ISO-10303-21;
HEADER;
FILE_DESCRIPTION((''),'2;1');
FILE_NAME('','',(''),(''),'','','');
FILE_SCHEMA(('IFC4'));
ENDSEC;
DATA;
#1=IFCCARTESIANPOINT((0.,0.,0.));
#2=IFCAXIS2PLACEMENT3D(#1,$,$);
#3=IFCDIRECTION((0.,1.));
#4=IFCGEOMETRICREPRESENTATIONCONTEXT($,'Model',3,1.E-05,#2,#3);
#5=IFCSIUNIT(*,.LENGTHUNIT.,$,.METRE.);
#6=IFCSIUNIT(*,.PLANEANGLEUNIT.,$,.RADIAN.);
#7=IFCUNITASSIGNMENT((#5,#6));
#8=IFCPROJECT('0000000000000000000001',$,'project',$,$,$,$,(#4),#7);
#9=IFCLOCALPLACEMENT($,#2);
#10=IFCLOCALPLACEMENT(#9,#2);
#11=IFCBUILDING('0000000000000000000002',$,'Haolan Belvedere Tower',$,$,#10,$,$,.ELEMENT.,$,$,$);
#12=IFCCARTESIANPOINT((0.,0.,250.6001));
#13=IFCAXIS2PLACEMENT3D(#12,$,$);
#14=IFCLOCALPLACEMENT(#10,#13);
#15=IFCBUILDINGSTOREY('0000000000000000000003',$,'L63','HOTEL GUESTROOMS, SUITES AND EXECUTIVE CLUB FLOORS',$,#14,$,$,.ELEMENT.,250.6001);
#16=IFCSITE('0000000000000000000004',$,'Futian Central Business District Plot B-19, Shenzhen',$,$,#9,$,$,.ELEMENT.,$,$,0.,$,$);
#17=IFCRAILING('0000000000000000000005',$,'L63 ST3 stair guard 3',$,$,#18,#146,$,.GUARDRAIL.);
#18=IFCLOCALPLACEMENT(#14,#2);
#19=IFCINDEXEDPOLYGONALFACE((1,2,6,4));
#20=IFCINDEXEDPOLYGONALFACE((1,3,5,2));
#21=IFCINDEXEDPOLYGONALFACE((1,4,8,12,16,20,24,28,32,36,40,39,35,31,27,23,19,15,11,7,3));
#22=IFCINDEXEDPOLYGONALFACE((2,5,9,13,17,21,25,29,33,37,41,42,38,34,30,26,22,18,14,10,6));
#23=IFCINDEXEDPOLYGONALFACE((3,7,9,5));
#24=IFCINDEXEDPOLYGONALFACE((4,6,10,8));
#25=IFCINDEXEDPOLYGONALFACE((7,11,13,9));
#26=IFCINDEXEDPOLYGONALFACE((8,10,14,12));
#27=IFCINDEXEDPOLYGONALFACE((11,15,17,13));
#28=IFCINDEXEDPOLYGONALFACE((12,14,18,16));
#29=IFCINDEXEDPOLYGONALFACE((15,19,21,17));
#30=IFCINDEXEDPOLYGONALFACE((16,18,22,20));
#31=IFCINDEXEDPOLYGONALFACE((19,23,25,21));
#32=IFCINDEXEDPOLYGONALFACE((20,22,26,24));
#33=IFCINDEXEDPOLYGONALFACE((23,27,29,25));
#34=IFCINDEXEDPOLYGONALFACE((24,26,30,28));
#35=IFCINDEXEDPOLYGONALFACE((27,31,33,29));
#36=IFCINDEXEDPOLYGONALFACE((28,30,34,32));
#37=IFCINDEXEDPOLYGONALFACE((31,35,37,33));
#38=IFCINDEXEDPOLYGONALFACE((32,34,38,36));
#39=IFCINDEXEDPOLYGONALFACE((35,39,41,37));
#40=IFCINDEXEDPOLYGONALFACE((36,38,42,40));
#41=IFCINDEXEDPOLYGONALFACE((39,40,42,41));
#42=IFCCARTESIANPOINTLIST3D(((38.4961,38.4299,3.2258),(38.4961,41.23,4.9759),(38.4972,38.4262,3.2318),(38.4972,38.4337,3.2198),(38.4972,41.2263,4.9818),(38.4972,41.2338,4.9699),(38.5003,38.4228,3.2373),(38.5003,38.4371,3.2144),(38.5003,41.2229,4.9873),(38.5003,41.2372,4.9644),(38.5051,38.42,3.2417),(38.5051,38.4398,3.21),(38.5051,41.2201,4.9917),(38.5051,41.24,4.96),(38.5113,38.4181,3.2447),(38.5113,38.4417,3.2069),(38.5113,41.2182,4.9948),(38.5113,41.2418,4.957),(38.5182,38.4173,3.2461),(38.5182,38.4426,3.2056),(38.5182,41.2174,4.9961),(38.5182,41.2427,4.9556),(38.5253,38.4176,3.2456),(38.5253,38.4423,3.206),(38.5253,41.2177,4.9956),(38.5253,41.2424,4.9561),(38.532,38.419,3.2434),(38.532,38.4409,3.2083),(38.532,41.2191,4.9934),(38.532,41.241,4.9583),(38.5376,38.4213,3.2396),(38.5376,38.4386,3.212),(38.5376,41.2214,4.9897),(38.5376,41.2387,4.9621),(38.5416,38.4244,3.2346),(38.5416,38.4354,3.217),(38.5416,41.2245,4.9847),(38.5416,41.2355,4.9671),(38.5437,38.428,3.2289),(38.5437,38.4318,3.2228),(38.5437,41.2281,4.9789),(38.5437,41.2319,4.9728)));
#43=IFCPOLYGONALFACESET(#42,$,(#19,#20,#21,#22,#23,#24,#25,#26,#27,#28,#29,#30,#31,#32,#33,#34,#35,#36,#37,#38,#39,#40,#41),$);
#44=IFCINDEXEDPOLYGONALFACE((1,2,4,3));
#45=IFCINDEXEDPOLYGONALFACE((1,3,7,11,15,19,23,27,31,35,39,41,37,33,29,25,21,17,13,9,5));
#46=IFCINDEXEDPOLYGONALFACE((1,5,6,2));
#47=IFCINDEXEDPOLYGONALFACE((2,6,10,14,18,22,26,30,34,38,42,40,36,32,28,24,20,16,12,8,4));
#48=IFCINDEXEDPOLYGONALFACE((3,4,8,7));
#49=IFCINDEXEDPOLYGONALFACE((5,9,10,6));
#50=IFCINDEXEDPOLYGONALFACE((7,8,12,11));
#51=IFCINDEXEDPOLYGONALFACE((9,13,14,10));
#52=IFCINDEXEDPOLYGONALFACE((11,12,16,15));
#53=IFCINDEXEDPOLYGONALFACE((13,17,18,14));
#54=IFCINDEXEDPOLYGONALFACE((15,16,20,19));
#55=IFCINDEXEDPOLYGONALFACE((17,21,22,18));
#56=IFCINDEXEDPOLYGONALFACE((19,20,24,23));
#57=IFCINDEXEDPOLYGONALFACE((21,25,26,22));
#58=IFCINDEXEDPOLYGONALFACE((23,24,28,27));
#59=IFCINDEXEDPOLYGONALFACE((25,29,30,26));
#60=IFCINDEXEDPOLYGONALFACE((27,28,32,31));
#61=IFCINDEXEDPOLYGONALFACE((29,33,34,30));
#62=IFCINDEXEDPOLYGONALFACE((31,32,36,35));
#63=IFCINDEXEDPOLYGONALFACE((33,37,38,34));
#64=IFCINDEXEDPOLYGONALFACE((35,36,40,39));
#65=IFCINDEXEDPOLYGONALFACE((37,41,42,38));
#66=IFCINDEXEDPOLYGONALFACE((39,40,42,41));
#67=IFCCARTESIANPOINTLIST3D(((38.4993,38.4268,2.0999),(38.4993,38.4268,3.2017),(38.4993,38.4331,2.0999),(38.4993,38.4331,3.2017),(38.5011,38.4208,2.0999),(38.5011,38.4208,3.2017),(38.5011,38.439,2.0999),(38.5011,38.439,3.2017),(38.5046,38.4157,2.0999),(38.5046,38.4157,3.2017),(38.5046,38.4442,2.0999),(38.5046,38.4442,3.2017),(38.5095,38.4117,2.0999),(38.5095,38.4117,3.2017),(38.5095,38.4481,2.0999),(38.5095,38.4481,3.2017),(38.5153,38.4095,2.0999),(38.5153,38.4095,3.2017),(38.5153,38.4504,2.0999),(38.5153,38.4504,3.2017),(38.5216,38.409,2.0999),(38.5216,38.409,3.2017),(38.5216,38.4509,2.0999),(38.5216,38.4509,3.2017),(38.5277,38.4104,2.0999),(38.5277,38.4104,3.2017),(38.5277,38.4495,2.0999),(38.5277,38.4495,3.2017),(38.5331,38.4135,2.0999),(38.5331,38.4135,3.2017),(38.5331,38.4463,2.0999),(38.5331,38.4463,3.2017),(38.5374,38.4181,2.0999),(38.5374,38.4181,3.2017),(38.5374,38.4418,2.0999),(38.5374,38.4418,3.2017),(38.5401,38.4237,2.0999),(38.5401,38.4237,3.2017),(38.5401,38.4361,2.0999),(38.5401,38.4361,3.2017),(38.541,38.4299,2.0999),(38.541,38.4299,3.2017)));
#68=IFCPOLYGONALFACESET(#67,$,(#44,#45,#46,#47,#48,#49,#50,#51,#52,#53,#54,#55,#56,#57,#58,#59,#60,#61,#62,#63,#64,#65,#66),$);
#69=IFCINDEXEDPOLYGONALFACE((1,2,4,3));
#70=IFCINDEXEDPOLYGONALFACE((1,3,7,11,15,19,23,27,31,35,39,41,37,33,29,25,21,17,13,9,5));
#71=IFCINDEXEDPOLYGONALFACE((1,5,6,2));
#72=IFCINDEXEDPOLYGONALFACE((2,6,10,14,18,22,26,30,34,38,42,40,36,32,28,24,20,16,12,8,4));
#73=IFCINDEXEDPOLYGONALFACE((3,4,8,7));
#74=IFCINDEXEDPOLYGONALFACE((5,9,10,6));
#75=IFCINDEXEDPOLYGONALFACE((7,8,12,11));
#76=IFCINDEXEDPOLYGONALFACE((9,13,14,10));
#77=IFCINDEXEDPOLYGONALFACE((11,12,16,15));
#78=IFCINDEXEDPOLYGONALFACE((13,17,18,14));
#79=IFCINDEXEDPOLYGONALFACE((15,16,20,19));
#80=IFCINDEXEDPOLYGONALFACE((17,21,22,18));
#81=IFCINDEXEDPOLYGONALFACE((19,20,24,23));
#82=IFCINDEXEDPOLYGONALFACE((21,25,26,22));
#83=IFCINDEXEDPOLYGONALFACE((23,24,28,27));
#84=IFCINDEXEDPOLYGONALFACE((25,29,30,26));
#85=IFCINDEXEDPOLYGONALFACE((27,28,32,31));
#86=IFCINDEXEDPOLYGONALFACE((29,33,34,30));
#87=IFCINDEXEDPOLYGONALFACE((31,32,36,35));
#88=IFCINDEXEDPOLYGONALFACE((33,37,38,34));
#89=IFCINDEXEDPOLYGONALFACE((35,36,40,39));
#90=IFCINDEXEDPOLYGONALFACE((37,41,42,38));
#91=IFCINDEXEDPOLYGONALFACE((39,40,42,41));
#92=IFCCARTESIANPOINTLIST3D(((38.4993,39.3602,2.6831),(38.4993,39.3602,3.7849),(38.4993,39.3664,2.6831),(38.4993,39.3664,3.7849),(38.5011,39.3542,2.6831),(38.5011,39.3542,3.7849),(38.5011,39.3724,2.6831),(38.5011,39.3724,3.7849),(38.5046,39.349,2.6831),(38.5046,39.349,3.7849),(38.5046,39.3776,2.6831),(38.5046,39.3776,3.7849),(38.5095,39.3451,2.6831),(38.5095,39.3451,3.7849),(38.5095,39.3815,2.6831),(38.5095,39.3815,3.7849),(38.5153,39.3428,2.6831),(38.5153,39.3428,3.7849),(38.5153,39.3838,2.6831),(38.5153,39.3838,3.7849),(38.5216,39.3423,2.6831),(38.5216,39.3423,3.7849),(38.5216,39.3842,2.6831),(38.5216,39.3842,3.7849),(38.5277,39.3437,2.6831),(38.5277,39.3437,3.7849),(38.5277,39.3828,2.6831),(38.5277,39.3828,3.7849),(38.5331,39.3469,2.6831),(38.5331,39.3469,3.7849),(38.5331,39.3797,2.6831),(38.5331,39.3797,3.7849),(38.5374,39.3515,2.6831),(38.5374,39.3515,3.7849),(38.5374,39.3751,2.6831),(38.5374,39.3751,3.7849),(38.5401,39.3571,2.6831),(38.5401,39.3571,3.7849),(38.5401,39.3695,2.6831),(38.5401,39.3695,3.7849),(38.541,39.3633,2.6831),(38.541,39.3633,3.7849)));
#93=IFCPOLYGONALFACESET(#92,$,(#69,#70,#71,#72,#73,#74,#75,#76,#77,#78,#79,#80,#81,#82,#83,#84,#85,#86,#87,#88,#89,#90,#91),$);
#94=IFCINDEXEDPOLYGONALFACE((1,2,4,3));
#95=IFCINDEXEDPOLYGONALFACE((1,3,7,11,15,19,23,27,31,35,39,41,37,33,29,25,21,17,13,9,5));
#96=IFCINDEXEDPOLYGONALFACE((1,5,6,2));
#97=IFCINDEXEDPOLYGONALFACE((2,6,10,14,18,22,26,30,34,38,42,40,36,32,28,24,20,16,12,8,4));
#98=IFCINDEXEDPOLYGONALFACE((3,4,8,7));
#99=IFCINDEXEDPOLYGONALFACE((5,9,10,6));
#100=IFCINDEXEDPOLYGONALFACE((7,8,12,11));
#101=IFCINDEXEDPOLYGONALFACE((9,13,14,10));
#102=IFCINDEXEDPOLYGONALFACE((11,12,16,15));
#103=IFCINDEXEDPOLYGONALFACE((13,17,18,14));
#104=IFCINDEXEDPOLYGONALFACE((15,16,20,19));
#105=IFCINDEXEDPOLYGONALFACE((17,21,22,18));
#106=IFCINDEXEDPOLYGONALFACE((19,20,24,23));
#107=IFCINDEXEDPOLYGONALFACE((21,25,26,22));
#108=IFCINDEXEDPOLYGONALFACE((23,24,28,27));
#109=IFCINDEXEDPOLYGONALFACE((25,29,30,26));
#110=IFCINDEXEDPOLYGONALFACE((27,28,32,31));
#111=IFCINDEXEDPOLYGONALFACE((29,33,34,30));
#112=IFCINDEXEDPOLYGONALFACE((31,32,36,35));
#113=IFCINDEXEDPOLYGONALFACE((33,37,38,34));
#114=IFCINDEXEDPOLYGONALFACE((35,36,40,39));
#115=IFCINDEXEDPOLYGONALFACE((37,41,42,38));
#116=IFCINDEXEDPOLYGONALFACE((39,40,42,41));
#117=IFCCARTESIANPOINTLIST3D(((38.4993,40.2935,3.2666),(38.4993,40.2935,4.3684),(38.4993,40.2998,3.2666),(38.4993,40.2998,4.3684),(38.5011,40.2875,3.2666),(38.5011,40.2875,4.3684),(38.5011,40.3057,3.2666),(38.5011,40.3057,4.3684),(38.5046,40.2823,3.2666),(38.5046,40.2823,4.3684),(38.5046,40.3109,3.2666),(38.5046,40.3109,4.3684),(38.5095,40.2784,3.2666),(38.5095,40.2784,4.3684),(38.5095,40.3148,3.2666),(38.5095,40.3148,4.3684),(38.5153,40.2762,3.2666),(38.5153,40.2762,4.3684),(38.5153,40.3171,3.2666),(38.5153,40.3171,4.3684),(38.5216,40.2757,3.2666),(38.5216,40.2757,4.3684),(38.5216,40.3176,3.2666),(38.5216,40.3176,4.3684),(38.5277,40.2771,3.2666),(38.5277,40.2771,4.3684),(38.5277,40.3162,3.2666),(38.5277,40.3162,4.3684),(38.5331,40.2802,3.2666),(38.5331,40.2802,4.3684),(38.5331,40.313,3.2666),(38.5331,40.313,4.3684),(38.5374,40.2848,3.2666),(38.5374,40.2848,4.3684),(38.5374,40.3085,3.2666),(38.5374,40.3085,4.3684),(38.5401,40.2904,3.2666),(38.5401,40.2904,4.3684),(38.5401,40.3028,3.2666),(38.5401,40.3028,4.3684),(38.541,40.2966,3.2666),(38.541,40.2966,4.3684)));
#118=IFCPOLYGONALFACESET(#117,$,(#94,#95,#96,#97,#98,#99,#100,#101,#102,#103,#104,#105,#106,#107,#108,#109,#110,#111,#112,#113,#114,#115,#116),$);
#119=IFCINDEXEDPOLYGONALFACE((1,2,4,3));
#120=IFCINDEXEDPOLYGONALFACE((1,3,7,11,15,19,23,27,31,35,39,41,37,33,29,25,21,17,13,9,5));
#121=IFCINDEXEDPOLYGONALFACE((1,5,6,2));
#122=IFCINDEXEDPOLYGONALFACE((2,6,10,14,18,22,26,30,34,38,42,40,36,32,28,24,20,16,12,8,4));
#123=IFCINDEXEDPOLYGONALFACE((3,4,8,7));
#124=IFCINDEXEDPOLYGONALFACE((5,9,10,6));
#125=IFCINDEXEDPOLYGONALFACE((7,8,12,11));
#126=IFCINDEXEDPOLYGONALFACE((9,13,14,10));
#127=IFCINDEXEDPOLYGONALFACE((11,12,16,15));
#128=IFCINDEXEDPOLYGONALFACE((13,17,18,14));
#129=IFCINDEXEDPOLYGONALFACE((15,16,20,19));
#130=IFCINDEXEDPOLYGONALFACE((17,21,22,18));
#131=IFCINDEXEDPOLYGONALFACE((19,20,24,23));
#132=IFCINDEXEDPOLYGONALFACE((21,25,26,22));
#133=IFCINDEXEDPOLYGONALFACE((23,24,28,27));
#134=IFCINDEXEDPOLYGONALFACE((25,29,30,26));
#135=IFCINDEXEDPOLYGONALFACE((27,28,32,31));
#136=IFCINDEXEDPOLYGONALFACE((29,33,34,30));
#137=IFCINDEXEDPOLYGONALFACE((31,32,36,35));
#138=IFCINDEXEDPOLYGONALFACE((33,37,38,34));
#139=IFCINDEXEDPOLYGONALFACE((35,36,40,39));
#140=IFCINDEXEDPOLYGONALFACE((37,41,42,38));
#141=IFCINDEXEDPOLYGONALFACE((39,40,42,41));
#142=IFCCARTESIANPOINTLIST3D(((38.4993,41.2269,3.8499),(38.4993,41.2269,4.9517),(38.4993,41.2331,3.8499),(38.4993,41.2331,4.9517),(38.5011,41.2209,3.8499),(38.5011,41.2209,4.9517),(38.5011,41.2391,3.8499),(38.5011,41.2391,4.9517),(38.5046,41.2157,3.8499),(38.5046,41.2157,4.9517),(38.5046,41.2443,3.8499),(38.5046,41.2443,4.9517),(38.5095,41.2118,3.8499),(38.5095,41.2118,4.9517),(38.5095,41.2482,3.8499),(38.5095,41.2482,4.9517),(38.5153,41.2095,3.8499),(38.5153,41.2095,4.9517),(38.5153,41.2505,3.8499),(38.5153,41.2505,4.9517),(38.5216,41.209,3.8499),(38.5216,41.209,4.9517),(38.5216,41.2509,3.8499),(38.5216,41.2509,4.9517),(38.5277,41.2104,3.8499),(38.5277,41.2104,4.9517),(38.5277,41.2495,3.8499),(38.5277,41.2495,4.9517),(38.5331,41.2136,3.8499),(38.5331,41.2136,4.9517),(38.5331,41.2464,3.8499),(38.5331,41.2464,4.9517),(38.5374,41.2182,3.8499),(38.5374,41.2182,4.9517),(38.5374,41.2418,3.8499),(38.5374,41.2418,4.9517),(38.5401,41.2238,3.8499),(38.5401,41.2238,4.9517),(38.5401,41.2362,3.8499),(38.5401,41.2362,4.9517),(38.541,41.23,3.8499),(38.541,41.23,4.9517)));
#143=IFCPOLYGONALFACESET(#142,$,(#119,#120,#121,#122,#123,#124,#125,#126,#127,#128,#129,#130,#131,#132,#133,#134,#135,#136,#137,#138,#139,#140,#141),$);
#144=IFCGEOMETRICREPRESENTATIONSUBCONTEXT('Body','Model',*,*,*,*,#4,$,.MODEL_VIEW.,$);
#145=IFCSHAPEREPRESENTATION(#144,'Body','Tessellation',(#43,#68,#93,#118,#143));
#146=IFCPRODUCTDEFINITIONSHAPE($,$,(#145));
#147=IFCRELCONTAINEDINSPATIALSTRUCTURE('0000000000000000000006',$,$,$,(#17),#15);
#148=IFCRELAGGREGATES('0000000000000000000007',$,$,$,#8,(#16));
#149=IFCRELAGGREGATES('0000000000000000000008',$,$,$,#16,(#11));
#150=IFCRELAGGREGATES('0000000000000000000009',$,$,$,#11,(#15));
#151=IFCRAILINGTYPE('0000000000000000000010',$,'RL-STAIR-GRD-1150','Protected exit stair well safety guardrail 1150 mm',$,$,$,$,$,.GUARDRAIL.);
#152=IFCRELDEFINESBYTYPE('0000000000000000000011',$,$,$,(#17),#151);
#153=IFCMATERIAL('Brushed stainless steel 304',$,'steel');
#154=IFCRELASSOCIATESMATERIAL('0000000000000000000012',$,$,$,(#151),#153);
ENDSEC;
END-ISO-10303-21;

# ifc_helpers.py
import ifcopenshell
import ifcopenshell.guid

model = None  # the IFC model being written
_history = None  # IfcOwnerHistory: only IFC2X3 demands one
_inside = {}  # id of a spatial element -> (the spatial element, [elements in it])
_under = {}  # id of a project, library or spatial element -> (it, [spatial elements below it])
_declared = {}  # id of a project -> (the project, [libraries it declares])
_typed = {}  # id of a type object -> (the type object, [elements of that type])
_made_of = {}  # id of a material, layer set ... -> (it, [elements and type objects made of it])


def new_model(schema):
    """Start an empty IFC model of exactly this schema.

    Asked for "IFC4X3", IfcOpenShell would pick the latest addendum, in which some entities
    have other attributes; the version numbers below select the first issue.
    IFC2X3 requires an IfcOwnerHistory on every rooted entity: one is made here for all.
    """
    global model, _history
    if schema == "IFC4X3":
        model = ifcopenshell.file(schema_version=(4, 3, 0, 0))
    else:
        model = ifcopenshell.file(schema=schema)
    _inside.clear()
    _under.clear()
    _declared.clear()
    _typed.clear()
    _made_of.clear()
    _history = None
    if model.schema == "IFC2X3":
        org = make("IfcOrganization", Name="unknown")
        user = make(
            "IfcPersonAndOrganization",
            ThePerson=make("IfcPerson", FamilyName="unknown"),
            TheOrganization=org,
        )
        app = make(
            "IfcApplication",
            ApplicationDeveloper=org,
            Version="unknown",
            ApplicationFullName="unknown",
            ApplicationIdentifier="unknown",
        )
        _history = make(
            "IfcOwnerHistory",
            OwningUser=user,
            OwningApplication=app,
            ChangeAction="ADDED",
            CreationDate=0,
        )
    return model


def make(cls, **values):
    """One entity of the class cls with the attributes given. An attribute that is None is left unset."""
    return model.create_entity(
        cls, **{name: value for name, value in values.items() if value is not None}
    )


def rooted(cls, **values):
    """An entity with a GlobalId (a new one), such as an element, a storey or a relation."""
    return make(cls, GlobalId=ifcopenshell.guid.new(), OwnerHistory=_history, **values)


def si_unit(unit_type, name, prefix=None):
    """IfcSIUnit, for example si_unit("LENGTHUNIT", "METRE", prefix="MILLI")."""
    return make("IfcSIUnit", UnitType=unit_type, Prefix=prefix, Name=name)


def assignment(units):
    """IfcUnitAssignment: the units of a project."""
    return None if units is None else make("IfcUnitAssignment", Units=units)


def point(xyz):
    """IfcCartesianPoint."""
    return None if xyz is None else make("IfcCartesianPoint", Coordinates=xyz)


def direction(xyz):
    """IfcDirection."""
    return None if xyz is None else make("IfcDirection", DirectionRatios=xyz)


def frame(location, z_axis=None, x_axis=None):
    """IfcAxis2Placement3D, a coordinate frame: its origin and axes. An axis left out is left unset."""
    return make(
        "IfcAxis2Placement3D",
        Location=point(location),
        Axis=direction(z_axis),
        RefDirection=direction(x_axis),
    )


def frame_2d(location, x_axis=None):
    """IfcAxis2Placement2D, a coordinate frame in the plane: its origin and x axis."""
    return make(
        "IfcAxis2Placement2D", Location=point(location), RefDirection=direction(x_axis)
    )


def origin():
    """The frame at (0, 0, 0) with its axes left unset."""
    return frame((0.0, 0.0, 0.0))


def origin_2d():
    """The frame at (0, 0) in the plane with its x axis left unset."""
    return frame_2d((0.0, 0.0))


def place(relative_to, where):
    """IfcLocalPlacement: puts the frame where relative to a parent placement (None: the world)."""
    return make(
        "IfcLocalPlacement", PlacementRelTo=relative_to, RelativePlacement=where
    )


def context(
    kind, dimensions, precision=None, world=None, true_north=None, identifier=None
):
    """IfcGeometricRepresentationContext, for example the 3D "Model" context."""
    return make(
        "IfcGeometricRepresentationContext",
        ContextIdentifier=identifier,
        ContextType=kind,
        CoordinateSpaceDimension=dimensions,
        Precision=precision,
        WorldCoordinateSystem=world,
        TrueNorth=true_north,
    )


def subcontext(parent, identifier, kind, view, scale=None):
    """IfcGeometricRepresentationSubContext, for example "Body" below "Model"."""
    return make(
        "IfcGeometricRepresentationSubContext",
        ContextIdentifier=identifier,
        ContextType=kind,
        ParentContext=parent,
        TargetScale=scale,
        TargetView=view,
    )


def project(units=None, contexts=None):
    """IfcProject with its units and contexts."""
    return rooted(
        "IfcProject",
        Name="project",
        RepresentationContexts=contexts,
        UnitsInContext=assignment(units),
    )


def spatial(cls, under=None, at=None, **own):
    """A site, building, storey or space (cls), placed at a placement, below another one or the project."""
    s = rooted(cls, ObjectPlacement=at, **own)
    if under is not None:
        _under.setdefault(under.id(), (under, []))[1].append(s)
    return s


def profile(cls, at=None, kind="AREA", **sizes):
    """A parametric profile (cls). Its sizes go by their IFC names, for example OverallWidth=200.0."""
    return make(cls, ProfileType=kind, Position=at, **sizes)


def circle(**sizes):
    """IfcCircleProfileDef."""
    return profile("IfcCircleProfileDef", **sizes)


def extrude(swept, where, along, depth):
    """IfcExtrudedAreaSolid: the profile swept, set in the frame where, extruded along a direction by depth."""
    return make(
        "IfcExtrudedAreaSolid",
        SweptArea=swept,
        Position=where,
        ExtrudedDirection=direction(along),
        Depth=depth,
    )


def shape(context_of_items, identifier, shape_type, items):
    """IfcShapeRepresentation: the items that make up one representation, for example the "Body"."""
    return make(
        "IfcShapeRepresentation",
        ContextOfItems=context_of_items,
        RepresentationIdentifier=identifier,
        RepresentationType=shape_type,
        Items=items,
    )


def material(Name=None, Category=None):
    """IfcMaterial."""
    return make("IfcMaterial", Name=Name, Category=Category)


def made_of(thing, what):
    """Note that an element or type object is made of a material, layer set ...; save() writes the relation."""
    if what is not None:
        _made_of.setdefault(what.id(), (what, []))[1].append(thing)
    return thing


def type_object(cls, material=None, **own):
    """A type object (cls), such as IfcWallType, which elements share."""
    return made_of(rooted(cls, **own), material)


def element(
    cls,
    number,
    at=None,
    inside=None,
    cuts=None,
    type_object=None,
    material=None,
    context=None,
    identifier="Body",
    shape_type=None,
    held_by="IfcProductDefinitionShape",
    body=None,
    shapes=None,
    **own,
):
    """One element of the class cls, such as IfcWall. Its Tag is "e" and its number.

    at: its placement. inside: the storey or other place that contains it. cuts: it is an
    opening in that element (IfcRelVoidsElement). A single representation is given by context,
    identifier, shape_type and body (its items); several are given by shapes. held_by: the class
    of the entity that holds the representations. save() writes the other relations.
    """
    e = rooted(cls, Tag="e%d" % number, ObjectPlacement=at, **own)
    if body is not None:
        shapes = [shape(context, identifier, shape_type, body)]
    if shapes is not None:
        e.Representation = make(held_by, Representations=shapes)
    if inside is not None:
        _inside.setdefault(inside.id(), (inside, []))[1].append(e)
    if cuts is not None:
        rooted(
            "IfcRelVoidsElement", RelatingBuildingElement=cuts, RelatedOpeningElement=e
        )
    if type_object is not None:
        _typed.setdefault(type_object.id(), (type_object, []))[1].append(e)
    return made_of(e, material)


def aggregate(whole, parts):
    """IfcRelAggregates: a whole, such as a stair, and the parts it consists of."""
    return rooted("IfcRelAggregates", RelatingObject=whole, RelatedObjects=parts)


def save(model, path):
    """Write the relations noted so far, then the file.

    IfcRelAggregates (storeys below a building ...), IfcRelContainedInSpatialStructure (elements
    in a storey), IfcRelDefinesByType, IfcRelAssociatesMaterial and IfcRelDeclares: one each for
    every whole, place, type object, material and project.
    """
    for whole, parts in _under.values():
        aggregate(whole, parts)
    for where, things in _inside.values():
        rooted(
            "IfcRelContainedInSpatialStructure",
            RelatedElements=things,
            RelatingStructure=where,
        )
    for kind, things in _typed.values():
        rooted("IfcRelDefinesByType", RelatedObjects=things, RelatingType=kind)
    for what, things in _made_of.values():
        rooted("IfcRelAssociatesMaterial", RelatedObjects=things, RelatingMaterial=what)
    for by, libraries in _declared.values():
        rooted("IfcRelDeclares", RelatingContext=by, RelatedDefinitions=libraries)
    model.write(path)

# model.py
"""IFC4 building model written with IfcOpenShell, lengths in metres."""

from ifc_helpers import new_model, si_unit, direction, frame, origin, origin_2d, place, context, subcontext, project, spatial, circle, extrude, material, type_object, element, save


model = new_model("IFC4")

# Units and contexts
model_context = context("Model", 3, precision=1e-05, world=origin(), true_north=direction((0.0, 1.0)))
body_context = subcontext(model_context, "Body", "Model", "MODEL_VIEW")
ifc_project = project(units=[si_unit("LENGTHUNIT", "METRE"), si_unit("PLANEANGLEUNIT", "RADIAN")], contexts=[model_context])

# Site, building, storey
site_placement = place(None, origin())
site = spatial("IfcSite", under=ifc_project, at=site_placement, Name="Futian Central Business District Plot B-19, Shenzhen", CompositionType="ELEMENT", RefElevation=0.0)
building_placement = place(site_placement, origin())
building = spatial("IfcBuilding", under=site, at=building_placement, Name="Haolan Belvedere Tower", CompositionType="ELEMENT")
storey_placement = place(building_placement, frame((0.0, 0.0, 250.6001)))
storey = spatial("IfcBuildingStorey", under=building, at=storey_placement, Name="L63", Description="HOTEL GUESTROOMS, SUITES AND EXECUTIVE CLUB FLOORS", CompositionType="ELEMENT", Elevation=250.6001)

# Railing
ifc_material_1 = material(Name="Brushed stainless steel 304", Category="steel")
railing_type_1 = type_object("IfcRailingType", Name="RL-STAIR-GRD-1150", Description="Protected exit stair well safety guardrail 1150 mm", PredefinedType="GUARDRAIL", material=ifc_material_1)
railing_1_placement = place(storey_placement, frame((38.52, 38.4299, 2.0999)))
element("IfcRailing", 1, at=railing_1_placement, inside=storey, type_object=railing_type_1, Name="L63 ST3 stair guard 3", PredefinedType="GUARDRAIL", context=body_context, shape_type="SweptSolid", body=[
    extrude(circle(Radius=0.0239, at=origin_2d()), frame((0.0, 0.0, 1.126), z_axis=(0.0, 0.848002, 0.529992), x_axis=(-1.0, 0.0, 0.0)), (0.0, 0.0, 1.0), 3.302),
    extrude(circle(Radius=0.021, at=origin_2d()), origin(), (0.0, 0.0, 1.0), 1.1018),
    extrude(circle(Radius=0.021, at=origin_2d()), frame((0.0, 0.9333, 0.5833)), (0.0, 0.0, 1.0), 1.1018),
    extrude(circle(Radius=0.021, at=origin_2d()), frame((0.0, 1.8667, 1.1667)), (0.0, 0.0, 1.0), 1.1018),
    extrude(circle(Radius=0.021, at=origin_2d()), frame((0.0, 2.8, 1.75)), (0.0, 0.0, 1.0), 1.1018),
])

save(model, "model.ifc")
